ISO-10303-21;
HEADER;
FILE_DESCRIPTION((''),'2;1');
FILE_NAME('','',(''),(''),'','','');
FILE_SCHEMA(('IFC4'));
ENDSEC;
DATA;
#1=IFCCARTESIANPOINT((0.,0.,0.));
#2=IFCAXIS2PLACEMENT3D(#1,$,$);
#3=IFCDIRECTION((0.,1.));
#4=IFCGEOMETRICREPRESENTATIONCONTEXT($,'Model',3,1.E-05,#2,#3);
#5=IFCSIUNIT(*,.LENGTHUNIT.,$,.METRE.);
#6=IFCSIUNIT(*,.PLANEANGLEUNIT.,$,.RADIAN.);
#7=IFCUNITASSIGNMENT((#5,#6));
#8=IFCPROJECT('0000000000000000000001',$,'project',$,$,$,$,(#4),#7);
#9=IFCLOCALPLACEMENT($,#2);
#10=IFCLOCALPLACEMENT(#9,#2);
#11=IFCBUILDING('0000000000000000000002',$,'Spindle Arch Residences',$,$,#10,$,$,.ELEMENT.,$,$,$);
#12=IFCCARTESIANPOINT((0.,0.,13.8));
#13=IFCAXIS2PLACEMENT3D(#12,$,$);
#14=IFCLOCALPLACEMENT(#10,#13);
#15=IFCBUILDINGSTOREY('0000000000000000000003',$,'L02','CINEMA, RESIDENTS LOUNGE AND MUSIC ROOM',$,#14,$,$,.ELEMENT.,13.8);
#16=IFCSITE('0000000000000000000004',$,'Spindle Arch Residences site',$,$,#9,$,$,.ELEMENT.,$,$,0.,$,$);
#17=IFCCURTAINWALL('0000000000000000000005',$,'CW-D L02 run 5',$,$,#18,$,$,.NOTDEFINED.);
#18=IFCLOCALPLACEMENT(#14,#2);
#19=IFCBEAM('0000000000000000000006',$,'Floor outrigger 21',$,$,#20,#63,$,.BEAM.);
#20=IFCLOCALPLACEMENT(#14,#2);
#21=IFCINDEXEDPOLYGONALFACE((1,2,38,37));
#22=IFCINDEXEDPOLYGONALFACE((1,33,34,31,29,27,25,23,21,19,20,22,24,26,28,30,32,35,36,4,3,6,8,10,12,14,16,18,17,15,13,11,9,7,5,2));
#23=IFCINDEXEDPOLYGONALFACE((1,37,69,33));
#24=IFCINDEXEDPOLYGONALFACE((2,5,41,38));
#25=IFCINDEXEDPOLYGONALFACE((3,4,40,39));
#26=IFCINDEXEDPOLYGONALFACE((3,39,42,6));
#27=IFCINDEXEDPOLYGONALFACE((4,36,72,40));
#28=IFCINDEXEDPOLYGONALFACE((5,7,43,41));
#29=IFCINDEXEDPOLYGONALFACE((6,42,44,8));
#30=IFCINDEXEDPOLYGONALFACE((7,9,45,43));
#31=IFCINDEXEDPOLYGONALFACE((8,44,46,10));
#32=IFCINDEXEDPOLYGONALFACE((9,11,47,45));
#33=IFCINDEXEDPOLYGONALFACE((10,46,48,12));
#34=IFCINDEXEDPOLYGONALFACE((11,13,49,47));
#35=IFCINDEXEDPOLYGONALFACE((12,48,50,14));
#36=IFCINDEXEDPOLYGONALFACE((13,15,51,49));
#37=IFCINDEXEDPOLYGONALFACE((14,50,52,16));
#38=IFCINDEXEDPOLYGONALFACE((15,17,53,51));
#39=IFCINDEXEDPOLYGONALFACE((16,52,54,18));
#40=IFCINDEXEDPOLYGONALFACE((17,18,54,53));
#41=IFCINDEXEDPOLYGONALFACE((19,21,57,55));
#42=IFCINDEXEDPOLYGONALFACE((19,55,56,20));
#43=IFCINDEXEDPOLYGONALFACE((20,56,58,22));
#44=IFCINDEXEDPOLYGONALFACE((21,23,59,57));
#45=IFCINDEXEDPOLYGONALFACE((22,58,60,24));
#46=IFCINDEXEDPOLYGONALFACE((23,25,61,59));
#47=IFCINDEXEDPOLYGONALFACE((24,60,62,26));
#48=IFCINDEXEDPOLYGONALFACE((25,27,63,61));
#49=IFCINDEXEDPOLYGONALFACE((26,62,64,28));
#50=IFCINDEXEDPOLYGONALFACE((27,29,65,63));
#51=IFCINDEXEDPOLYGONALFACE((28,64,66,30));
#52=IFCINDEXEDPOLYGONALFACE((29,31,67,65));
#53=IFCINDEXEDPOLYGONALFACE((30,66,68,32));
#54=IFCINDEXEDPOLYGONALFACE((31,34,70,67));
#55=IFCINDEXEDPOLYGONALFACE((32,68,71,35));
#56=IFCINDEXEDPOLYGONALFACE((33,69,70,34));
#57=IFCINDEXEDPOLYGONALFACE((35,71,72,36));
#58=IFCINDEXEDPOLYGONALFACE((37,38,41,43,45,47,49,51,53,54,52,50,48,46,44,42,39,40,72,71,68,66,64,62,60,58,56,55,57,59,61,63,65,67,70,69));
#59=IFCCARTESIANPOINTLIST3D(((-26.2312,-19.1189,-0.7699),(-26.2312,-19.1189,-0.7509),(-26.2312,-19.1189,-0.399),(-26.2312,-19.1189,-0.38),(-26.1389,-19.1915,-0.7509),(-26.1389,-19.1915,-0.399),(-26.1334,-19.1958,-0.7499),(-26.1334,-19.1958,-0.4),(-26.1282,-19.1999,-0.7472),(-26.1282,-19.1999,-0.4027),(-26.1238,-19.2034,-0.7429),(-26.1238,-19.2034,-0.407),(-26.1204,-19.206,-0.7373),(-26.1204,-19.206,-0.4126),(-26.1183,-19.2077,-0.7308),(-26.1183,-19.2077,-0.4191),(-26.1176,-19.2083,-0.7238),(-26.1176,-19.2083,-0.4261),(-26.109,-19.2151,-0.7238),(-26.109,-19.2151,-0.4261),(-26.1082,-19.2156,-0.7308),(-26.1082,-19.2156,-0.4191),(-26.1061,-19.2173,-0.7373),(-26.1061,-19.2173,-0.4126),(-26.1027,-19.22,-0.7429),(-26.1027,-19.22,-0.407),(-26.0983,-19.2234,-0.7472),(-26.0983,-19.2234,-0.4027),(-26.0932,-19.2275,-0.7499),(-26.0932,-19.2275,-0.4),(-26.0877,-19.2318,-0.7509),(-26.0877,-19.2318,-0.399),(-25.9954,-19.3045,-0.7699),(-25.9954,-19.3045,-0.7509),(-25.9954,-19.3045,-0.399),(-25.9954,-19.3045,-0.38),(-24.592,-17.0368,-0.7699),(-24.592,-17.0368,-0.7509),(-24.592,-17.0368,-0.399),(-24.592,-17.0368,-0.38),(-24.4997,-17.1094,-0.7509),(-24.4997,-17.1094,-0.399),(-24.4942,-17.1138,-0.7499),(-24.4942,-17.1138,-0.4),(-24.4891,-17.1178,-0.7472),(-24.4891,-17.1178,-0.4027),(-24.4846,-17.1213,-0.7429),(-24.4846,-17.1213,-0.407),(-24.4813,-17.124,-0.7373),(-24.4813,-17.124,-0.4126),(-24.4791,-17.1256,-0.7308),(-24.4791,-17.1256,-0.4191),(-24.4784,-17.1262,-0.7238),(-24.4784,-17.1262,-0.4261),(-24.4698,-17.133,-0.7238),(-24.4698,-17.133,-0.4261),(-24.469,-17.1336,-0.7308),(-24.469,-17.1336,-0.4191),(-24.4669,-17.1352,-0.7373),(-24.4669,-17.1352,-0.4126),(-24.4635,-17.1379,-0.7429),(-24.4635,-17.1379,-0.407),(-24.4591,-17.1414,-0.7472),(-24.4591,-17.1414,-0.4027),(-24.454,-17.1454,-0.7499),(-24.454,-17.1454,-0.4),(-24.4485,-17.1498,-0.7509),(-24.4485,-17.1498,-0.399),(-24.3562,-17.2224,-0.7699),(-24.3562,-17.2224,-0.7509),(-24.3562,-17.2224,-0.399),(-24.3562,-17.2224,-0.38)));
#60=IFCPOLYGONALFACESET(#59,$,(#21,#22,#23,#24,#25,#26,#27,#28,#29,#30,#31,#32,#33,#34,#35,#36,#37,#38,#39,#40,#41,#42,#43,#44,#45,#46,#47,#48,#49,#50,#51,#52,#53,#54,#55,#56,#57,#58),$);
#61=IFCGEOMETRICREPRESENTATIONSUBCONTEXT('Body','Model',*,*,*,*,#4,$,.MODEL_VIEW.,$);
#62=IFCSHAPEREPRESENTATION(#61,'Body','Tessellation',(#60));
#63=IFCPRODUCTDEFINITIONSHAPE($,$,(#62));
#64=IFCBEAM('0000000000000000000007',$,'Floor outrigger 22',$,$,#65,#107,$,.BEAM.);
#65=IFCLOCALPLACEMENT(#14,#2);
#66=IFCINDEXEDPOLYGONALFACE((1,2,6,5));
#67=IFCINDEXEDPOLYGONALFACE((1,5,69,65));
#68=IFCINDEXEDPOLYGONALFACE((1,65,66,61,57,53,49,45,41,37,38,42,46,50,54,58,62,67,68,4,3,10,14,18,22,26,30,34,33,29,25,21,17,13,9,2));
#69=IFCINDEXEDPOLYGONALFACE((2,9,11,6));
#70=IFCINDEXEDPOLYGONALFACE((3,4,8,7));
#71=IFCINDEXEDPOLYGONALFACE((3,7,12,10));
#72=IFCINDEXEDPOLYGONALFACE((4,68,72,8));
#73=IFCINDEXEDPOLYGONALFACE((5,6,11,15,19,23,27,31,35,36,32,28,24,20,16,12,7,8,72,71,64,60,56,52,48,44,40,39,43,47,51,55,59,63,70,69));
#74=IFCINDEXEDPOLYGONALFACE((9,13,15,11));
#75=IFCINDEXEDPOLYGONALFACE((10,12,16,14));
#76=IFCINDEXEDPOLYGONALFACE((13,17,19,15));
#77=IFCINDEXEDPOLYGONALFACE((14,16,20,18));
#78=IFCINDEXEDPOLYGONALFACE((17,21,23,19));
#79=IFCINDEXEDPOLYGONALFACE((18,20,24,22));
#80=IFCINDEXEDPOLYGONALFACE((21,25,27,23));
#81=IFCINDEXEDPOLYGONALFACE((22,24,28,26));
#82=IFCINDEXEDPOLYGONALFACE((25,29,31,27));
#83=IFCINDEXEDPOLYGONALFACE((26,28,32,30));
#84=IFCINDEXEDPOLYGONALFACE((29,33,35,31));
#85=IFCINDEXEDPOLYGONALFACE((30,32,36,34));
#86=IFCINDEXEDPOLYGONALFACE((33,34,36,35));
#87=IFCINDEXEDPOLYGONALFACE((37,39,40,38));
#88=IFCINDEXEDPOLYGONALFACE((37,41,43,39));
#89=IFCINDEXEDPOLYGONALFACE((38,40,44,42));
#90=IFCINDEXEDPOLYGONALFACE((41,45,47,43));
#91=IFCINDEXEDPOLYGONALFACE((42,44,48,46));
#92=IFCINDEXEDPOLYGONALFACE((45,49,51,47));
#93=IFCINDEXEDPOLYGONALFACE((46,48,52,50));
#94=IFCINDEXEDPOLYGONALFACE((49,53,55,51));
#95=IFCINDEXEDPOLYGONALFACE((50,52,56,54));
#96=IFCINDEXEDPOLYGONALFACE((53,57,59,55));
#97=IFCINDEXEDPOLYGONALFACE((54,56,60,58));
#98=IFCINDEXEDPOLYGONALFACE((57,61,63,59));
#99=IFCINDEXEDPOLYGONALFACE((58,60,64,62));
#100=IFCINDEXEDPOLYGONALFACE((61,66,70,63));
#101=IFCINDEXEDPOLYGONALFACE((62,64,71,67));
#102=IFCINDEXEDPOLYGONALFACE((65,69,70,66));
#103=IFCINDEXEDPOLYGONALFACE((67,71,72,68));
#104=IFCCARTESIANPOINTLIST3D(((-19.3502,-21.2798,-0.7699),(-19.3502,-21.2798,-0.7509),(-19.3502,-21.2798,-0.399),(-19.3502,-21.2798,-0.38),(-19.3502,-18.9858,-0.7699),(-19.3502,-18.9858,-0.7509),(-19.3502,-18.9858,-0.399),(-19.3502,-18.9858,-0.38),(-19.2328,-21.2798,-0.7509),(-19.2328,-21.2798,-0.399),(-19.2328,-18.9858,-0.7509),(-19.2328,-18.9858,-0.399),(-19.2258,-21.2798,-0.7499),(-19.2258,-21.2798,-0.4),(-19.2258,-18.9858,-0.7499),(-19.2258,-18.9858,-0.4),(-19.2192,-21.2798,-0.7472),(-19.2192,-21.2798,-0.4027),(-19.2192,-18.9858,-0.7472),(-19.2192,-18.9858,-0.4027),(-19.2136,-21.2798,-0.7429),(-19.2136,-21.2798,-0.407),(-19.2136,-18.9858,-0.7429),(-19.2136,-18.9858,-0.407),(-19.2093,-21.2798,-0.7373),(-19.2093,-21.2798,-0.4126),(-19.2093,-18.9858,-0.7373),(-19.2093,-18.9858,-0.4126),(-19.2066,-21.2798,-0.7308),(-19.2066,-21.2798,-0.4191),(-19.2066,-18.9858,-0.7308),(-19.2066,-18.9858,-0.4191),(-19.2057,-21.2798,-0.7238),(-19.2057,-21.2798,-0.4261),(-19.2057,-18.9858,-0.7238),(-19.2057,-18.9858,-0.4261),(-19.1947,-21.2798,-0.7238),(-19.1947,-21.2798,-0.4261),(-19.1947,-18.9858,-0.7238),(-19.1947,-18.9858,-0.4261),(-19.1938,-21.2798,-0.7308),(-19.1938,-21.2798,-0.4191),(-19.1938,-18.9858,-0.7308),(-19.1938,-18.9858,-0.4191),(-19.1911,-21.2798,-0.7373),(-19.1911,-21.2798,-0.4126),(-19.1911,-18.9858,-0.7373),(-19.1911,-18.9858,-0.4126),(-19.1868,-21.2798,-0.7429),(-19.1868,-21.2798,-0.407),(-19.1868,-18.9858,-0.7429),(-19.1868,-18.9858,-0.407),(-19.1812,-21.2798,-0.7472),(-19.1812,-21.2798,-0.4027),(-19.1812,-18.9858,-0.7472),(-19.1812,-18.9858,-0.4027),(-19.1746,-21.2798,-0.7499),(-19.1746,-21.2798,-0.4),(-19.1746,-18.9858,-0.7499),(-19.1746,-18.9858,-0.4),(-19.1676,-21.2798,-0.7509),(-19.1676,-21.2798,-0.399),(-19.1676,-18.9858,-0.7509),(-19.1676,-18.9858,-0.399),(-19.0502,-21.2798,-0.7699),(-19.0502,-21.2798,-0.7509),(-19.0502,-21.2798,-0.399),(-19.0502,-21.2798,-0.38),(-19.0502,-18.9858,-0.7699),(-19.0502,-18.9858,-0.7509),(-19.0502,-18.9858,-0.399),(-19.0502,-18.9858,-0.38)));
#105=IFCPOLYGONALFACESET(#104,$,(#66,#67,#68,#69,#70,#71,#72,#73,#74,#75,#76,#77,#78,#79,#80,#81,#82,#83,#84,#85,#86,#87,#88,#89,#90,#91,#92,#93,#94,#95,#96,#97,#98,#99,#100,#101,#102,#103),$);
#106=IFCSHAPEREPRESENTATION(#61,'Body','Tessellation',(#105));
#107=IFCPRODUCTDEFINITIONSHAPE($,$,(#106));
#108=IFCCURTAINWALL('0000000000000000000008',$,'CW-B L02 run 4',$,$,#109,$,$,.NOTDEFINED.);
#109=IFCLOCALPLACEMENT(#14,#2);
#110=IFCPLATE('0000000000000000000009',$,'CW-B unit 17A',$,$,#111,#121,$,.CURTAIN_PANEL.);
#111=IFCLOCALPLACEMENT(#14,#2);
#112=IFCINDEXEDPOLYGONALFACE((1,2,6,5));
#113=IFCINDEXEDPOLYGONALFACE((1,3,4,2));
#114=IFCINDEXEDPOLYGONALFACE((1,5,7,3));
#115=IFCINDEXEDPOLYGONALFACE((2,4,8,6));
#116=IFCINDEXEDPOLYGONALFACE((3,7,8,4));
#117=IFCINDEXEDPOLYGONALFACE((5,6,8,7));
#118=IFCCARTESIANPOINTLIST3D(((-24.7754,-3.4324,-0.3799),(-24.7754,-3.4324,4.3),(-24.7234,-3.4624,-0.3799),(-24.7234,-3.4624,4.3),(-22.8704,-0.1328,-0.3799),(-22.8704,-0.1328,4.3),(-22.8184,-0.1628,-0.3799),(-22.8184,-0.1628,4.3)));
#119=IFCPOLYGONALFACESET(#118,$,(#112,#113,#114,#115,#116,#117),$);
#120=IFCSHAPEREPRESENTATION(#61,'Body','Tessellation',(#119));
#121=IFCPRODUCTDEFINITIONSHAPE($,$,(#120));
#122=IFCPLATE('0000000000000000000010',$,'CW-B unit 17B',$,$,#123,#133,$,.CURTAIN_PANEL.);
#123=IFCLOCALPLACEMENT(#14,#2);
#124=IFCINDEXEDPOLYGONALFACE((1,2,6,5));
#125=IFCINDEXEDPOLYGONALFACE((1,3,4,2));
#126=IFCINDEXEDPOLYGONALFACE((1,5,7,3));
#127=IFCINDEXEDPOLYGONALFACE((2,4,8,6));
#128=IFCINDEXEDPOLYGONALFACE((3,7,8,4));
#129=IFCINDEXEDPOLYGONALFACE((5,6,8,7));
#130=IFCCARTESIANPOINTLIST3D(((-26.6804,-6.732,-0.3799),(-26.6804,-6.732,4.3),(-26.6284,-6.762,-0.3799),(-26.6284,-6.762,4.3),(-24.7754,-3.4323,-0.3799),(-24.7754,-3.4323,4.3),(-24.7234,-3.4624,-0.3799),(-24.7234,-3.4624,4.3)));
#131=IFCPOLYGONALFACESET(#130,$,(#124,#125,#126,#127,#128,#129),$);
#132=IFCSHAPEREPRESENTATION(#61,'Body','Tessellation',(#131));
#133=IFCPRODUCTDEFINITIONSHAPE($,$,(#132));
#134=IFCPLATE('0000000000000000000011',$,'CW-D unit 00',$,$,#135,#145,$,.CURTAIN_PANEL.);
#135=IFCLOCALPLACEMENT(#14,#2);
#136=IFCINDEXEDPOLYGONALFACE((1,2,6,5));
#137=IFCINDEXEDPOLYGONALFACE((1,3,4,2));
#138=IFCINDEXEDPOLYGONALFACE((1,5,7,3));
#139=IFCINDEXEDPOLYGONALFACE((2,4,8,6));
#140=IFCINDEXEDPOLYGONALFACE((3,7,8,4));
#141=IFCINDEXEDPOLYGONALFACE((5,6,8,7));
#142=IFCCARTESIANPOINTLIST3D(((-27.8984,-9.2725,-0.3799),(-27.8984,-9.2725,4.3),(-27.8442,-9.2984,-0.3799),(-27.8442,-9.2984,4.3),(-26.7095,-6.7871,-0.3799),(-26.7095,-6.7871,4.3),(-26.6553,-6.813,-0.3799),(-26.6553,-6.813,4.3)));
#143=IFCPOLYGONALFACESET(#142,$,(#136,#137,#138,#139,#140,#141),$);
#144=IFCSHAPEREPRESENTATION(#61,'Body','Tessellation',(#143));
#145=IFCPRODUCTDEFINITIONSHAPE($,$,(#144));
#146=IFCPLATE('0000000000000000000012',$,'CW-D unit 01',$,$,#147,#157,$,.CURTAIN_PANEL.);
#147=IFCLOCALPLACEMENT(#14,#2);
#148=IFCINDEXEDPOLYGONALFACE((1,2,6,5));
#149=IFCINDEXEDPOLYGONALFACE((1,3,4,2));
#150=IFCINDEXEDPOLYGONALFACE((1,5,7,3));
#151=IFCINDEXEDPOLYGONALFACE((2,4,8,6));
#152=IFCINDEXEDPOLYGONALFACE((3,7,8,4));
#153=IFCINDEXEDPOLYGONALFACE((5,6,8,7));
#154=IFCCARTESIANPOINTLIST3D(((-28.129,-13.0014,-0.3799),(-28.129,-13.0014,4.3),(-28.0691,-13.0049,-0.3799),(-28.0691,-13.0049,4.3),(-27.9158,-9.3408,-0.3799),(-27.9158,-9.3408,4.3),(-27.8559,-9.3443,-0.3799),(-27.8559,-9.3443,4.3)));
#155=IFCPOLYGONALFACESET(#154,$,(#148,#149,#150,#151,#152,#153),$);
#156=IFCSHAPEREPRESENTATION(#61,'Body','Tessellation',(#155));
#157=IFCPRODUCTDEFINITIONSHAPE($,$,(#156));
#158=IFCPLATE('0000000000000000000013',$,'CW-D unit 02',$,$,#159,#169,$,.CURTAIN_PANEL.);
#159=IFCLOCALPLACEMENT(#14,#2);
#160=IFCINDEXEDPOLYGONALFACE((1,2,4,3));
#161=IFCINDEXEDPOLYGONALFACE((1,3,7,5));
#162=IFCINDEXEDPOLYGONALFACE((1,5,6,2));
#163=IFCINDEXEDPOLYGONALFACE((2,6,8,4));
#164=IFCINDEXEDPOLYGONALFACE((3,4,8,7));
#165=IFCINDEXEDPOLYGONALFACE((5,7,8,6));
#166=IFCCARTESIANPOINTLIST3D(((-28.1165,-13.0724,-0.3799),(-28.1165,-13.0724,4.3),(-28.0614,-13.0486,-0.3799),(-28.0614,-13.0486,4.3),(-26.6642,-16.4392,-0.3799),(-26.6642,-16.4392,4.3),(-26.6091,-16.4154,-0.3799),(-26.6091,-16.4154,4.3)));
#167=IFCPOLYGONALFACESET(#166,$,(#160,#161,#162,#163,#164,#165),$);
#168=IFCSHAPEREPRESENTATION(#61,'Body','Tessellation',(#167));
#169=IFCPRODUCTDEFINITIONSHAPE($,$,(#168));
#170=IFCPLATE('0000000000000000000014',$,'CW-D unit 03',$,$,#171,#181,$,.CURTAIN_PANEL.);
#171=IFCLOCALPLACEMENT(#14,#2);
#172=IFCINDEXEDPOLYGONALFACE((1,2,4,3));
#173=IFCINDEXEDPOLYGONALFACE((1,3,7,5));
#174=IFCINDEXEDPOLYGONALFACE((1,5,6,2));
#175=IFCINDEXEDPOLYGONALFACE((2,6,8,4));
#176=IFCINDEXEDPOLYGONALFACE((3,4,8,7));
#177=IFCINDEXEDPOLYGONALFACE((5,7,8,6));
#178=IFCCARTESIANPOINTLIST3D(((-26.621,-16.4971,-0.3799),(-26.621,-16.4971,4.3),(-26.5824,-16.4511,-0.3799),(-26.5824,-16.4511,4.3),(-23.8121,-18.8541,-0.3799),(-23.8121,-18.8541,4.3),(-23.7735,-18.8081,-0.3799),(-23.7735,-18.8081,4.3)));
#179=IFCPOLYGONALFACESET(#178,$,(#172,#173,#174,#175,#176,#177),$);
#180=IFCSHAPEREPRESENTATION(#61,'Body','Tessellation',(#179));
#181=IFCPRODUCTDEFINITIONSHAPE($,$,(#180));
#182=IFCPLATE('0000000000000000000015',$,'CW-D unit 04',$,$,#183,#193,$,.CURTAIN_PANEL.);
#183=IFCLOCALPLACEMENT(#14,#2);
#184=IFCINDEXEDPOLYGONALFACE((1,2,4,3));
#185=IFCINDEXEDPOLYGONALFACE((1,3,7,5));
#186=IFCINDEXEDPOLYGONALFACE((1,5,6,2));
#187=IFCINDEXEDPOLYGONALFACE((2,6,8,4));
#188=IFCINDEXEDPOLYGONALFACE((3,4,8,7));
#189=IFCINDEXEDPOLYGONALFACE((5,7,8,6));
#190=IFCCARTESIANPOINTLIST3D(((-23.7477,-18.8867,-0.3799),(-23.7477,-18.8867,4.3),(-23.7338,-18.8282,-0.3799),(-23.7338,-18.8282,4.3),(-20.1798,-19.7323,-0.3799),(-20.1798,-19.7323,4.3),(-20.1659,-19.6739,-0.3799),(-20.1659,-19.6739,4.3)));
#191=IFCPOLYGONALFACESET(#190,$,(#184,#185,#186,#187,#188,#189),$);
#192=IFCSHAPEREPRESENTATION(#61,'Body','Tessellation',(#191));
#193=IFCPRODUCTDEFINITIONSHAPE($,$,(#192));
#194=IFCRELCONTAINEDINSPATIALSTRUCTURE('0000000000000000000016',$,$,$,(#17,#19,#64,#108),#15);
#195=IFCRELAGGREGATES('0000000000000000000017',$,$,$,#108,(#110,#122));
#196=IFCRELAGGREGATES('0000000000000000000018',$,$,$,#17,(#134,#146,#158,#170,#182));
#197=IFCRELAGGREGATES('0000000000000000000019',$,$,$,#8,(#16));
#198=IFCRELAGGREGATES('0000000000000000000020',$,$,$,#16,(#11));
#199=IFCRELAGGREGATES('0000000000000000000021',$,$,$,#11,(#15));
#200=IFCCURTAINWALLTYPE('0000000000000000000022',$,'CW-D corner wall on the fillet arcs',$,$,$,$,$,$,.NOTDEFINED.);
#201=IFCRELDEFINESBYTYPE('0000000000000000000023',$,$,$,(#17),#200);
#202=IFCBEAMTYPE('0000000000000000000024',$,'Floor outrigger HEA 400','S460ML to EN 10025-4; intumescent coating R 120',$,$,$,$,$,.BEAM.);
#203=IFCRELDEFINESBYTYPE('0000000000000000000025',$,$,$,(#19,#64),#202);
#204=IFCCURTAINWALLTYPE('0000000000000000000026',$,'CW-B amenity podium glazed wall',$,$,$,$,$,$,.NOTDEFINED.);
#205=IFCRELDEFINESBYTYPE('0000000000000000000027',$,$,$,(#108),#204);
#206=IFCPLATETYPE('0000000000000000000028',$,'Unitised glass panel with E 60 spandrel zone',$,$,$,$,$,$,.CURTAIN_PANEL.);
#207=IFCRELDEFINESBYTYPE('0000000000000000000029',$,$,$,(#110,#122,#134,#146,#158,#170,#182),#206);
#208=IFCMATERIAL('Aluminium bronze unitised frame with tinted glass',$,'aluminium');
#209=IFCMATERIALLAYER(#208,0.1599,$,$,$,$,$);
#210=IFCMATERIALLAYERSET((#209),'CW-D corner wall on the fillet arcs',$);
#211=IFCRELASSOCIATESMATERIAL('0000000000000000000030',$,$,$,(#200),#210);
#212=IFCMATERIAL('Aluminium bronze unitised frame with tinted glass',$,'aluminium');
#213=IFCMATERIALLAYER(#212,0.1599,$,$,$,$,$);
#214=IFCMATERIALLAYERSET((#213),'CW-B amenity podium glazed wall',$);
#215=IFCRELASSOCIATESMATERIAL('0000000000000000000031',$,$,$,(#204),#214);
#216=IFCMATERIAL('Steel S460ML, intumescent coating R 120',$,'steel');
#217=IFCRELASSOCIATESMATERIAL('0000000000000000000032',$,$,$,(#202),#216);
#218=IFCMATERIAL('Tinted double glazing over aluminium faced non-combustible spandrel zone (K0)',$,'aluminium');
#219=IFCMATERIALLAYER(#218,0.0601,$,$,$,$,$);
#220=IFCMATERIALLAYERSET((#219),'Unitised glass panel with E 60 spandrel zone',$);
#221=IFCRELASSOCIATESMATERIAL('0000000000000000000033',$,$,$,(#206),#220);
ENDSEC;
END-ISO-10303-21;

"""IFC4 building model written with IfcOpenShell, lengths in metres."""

from ifc_helpers import new_model, si_unit, direction, frame, origin, origin_2d, place, context, subcontext, project, spatial, rectangle, i_section, extrude, material, layer, layer_set, material_profile, profile_set, type_object, element, aggregate, save


model = new_model("IFC4")

# Units and contexts
model_context = context("Model", 3, precision=1e-05, world=origin(), true_north=direction((0.0, 1.0)))
body_context = subcontext(model_context, "Body", "Model", "MODEL_VIEW")
ifc_project = project(units=[si_unit("LENGTHUNIT", "METRE"), si_unit("PLANEANGLEUNIT", "RADIAN")], contexts=[model_context])

# Site, building, storey
site_placement = place(None, origin())
site = spatial("IfcSite", under=ifc_project, at=site_placement, Name="Spindle Arch Residences site", CompositionType="ELEMENT", RefElevation=0.0)
building_placement = place(site_placement, origin())
building = spatial("IfcBuilding", under=site, at=building_placement, Name="Spindle Arch Residences", CompositionType="ELEMENT")
storey_placement = place(building_placement, frame((0.0, 0.0, 13.8)))
storey = spatial("IfcBuildingStorey", under=building, at=storey_placement, Name="L02", Description="CINEMA, RESIDENTS LOUNGE AND MUSIC ROOM", CompositionType="ELEMENT", Elevation=13.8)

# Curtain wall
ifc_material_1 = material(Name="Aluminium bronze unitised frame with tinted glass", Category="aluminium")
ifc_layer_1 = layer(ifc_material_1, 0.1599)
ifc_layer_set_1 = layer_set([ifc_layer_1], Name="CW-D corner wall on the fillet arcs")
curtain_wall_type_1 = type_object("IfcCurtainWallType", Name="CW-D corner wall on the fillet arcs", PredefinedType="NOTDEFINED", material=ifc_layer_set_1)
curtain_wall_1_placement = place(storey_placement, origin())
curtain_wall_1 = element("IfcCurtainWall", 1, at=curtain_wall_1_placement, inside=storey, type_object=curtain_wall_type_1, Name="CW-D L02 run 5", PredefinedType="NOTDEFINED")

# Shared definitions
ifc_material_2 = material(Name="Aluminium bronze unitised frame with tinted glass", Category="aluminium")
ifc_layer_2 = layer(ifc_material_2, 0.1599)
ifc_layer_set_2 = layer_set([ifc_layer_2], Name="CW-B amenity podium glazed wall")
curtain_wall_type_2 = type_object("IfcCurtainWallType", Name="CW-B amenity podium glazed wall", PredefinedType="NOTDEFINED", material=ifc_layer_set_2)

# Beams
ifc_material_3 = material(Name="Steel S460ML, intumescent coating R 120", Category="steel")
ifc_material_profile_1 = material_profile(ifc_material_3, i_section(OverallWidth=0.3, OverallDepth=0.3899, WebThickness=0.011, FlangeThickness=0.019, FilletRadius=0.0271, at=origin_2d()), Name="HEA 400")
ifc_profile_set_1 = profile_set([ifc_material_profile_1], Name="Steel S460ML, intumescent coating R 120")
beam_type_1 = type_object("IfcBeamType", Name="Floor outrigger HEA 400", Description="S460ML to EN 10025-4; intumescent coating R 120", PredefinedType="BEAM", material=ifc_profile_set_1)
for number, where, z_axis, x_axis, name in (
    (2, (-26.1133, -19.2117, -0.575), (0.618586, 0.785717, 0.0), (-0.785717, 0.618586, 0.0), "Floor outrigger 21"),
):
    element("IfcBeam", number, at=place(storey_placement, frame(where, z_axis=z_axis, x_axis=x_axis)), inside=storey, type_object=beam_type_1, Name=name, PredefinedType="BEAM", context=body_context, shape_type="SweptSolid", body=[
        extrude(i_section(OverallWidth=0.3, OverallDepth=0.3899, WebThickness=0.011, FlangeThickness=0.019, FilletRadius=0.0271, at=origin_2d()), origin(), (0.0, 0.0, 1.0), 2.6499),
    ])
beam_1_placement = place(storey_placement, frame((-19.2002, -21.2798, -0.575), z_axis=(0.0, 1.0, 0.0), x_axis=(-1.0, 0.0, 0.0)))
element("IfcBeam", 3, at=beam_1_placement, inside=storey, type_object=beam_type_1, Name="Floor outrigger 22", PredefinedType="BEAM", context=body_context, shape_type="SweptSolid", body=[
    extrude(i_section(OverallWidth=0.3, OverallDepth=0.3899, WebThickness=0.011, FlangeThickness=0.019, FilletRadius=0.0271, at=origin_2d()), origin(), (0.0, 0.0, 1.0), 2.2939),
])

# Curtain wall, plates
curtain_wall_2_placement = place(storey_placement, origin())
curtain_wall_2 = element("IfcCurtainWall", 4, at=curtain_wall_2_placement, inside=storey, type_object=curtain_wall_type_2, Name="CW-B L02 run 4", PredefinedType="NOTDEFINED")
ifc_material_4 = material(Name="Tinted double glazing over aluminium faced non-combustible spandrel zone (K0)", Category="aluminium")
ifc_layer_3 = layer(ifc_material_4, 0.0601)
ifc_layer_set_3 = layer_set([ifc_layer_3], Name="Unitised glass panel with E 60 spandrel zone")
plate_type = type_object("IfcPlateType", Name="Unitised glass panel with E 60 spandrel zone", PredefinedType="CURTAIN_PANEL", material=ifc_layer_set_3)
plate_1_placement = place(storey_placement, frame((-23.7969, -1.7976, -0.3799), z_axis=(0.0, 0.0, 1.0), x_axis=(-0.5, -0.866025, 0.0)))
plate_1 = element("IfcPlate", 5, at=plate_1_placement, type_object=plate_type, Name="CW-B unit 17A", PredefinedType="CURTAIN_PANEL", context=body_context, shape_type="SweptSolid", body=[
    extrude(rectangle(XDim=3.8101, YDim=0.0601, at=origin_2d()), origin(), (0.0, 0.0, 1.0), 4.6799),
])
plate_2_placement = place(storey_placement, frame((-25.7019, -5.0972, -0.3799), z_axis=(0.0, 0.0, 1.0), x_axis=(-0.5, -0.866025, 0.0)))
plate_2 = element("IfcPlate", 6, at=plate_2_placement, type_object=plate_type, Name="CW-B unit 17B", PredefinedType="CURTAIN_PANEL", context=body_context, shape_type="SweptSolid", body=[
    extrude(rectangle(XDim=3.8101, YDim=0.0601, at=origin_2d()), origin(), (0.0, 0.0, 1.0), 4.6799),
])
aggregate(curtain_wall_2, [plate_1, plate_2])

# Plates
plate_3_placement = place(storey_placement, frame((-27.2769, -8.0427, -0.3799), z_axis=(0.0, 0.0, 1.0), x_axis=(-0.431502, -0.902112, 0.0)))
plate_3 = element("IfcPlate", 7, at=plate_3_placement, type_object=plate_type, Name="CW-D unit 00", PredefinedType="CURTAIN_PANEL", context=body_context, shape_type="SweptSolid", body=[
    extrude(rectangle(XDim=2.7551, YDim=0.0601, at=origin_2d()), origin(), (0.0, 0.0, 1.0), 4.6799),
])
plate_4_placement = place(storey_placement, frame((-27.9924, -11.1729, -0.3799), z_axis=(0.0, 0.0, 1.0), x_axis=(-0.058145, -0.998308, 0.0)))
plate_4 = element("IfcPlate", 8, at=plate_4_placement, type_object=plate_type, Name="CW-D unit 01", PredefinedType="CURTAIN_PANEL", context=body_context, shape_type="SweptSolid", body=[
    extrude(rectangle(XDim=3.6667, YDim=0.0601, at=origin_2d()), origin(), (0.0, 0.0, 1.0), 4.6799),
])
plate_5_placement = place(storey_placement, frame((-27.3628, -14.7439, -0.3799), z_axis=(0.0, 0.0, 1.0), x_axis=(0.39608, -0.918216, 0.0)))
plate_5 = element("IfcPlate", 9, at=plate_5_placement, type_object=plate_type, Name="CW-D unit 02", PredefinedType="CURTAIN_PANEL", context=body_context, shape_type="SweptSolid", body=[
    extrude(rectangle(XDim=3.6667, YDim=0.0601, at=origin_2d()), origin(), (0.0, 0.0, 1.0), 4.6799),
])
plate_6_placement = place(storey_placement, frame((-25.1973, -17.6526, -0.3799), z_axis=(0.0, 0.0, 1.0), x_axis=(0.766044, -0.642788, 0.0)))
plate_6 = element("IfcPlate", 10, at=plate_6_placement, type_object=plate_type, Name="CW-D unit 03", PredefinedType="CURTAIN_PANEL", context=body_context, shape_type="SweptSolid", body=[
    extrude(rectangle(XDim=3.6667, YDim=0.0601, at=origin_2d()), origin(), (0.0, 0.0, 1.0), 4.6799),
])
plate_7_placement = place(storey_placement, frame((-21.9568, -19.2803, -0.3799), z_axis=(0.0, 0.0, 1.0), x_axis=(0.973045, -0.230616, 0.0)))
plate_7 = element("IfcPlate", 11, at=plate_7_placement, type_object=plate_type, Name="CW-D unit 04", PredefinedType="CURTAIN_PANEL", context=body_context, shape_type="SweptSolid", body=[
    extrude(rectangle(XDim=3.6667, YDim=0.0601, at=origin_2d()), origin(), (0.0, 0.0, 1.0), 4.6799),
])
aggregate(curtain_wall_1, [plate_3, plate_4, plate_5, plate_6, plate_7])

save(model, "model.ifc")
